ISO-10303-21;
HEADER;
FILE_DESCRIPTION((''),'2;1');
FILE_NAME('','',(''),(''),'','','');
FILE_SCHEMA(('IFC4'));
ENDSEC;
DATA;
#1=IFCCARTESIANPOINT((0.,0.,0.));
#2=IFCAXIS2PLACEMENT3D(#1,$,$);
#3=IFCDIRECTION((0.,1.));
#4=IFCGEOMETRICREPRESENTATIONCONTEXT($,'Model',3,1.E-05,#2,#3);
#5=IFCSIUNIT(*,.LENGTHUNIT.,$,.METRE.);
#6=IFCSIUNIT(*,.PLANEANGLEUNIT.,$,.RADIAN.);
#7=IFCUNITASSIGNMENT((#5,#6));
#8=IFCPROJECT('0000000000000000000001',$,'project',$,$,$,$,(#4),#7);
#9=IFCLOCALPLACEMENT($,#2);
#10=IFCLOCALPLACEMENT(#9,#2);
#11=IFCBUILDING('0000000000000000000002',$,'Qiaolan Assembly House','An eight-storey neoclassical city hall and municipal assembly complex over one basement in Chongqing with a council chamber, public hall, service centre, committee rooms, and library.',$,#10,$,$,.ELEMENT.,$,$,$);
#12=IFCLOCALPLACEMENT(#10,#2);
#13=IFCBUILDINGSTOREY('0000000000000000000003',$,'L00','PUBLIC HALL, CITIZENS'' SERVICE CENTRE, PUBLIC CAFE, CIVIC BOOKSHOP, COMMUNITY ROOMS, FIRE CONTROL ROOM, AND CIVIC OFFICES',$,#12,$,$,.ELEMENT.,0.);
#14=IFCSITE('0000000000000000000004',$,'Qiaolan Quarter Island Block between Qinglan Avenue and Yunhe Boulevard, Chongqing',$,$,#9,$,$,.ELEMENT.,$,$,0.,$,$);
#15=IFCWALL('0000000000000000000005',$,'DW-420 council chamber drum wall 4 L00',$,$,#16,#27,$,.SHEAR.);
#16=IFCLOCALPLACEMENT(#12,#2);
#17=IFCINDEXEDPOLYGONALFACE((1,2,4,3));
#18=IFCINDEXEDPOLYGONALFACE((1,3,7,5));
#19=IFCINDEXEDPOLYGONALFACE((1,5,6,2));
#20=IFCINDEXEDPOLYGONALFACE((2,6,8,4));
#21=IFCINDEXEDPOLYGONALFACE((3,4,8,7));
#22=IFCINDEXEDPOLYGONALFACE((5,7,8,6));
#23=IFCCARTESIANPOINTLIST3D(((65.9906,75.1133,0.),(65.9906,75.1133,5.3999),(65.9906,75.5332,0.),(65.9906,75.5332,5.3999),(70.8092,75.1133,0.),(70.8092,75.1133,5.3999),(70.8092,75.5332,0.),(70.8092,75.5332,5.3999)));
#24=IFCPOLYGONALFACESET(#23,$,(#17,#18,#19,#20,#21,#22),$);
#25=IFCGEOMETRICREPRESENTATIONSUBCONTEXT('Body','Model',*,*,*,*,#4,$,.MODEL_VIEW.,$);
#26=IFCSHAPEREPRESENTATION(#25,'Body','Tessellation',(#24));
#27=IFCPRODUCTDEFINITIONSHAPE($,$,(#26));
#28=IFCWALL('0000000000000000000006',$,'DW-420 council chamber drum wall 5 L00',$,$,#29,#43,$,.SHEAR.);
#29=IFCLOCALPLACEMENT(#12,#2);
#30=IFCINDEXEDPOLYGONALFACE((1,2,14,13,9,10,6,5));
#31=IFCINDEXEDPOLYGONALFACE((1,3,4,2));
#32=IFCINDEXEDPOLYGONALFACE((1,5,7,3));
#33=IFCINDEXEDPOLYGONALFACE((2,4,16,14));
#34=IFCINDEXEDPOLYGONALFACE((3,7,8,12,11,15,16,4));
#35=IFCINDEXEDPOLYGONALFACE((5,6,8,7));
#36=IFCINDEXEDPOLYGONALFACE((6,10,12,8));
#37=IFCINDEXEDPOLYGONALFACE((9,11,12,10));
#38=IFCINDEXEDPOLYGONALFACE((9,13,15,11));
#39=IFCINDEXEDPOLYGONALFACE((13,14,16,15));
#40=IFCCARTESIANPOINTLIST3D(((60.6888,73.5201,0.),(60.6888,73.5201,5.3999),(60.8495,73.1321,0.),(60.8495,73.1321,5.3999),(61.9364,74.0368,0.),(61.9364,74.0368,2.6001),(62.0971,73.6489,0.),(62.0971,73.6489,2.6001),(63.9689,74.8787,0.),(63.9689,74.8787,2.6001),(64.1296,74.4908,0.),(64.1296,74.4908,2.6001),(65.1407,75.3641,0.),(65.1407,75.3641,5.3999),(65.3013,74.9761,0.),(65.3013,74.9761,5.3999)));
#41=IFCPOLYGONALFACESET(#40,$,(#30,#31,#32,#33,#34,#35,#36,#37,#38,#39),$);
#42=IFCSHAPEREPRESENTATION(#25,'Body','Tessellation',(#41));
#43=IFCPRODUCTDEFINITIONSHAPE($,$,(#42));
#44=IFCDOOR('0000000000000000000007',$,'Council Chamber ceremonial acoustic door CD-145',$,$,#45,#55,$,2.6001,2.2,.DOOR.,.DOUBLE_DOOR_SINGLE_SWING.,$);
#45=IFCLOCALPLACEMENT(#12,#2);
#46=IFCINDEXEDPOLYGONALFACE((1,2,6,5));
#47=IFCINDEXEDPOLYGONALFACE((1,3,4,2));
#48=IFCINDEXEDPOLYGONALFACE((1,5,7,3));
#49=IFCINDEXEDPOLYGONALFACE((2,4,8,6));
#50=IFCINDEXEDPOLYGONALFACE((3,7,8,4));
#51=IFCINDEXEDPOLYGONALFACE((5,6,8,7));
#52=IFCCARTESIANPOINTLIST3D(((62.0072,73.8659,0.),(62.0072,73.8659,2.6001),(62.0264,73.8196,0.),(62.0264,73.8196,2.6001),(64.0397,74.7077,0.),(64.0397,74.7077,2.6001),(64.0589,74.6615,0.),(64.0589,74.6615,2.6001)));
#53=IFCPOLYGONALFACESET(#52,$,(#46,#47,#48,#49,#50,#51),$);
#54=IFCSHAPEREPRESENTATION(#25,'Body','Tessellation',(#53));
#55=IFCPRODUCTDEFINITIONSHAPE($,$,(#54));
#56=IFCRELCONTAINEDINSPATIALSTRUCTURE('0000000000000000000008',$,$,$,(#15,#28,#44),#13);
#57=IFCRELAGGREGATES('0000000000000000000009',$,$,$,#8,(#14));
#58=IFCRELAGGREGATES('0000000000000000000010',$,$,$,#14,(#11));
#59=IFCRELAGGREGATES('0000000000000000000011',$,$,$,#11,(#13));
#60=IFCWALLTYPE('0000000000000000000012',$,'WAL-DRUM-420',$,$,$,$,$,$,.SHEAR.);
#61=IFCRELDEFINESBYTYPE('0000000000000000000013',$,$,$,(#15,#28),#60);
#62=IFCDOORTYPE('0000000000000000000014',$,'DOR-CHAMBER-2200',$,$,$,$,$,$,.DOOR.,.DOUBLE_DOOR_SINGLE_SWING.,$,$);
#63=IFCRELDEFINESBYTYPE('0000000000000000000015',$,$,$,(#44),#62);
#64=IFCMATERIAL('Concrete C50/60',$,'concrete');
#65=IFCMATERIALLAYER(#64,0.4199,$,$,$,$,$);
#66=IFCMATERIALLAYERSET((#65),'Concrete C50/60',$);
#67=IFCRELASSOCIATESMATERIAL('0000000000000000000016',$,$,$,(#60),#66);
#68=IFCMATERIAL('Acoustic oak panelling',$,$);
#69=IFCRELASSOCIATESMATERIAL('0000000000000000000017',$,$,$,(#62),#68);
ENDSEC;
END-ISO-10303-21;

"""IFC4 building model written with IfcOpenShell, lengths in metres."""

from ifc_helpers import new_model, si_unit, direction, frame, frame_2d, origin, place, context, subcontext, project, spatial, rectangle, extrude, material, layer, layer_set, type_object, element, fill, save


model = new_model("IFC4")

# Units and contexts
model_context = context("Model", 3, precision=1e-05, world=origin(), true_north=direction((0.0, 1.0)))
body_context = subcontext(model_context, "Body", "Model", "MODEL_VIEW")
ifc_project = project(units=[si_unit("LENGTHUNIT", "METRE"), si_unit("PLANEANGLEUNIT", "RADIAN")], contexts=[model_context])

# Site, building, storey
site_placement = place(None, origin())
site = spatial("IfcSite", under=ifc_project, at=site_placement, Name="Qiaolan Quarter Island Block between Qinglan Avenue and Yunhe Boulevard, Chongqing", CompositionType="ELEMENT", RefElevation=0.0)
building_placement = place(site_placement, origin())
building = spatial("IfcBuilding", under=site, at=building_placement, Name="Qiaolan Assembly House", Description="An eight-storey neoclassical city hall and municipal assembly complex over one basement in Chongqing with a council chamber, public hall, service centre, committee rooms, and library.", CompositionType="ELEMENT")
storey_placement = place(building_placement, origin())
storey = spatial("IfcBuildingStorey", under=building, at=storey_placement, Name="L00", Description="PUBLIC HALL, CITIZENS' SERVICE CENTRE, PUBLIC CAFE, CIVIC BOOKSHOP, COMMUNITY ROOMS, FIRE CONTROL ROOM, AND CIVIC OFFICES", CompositionType="ELEMENT", Elevation=0.0)

# Shared definitions
ifc_material_1 = material(Name="Concrete C50/60", Category="concrete")

# Wall
ifc_layer_1 = layer(ifc_material_1, 0.4199)
ifc_layer_set_1 = layer_set([ifc_layer_1], Name="Concrete C50/60")
wall_type = type_object("IfcWallType", Name="WAL-DRUM-420", PredefinedType="SHEAR", material=ifc_layer_set_1)
for number, where, z_axis, x_axis, name in (
    (1, (65.9907, 75.3232, 0.0), (0.0, 0.0, 1.0), (1.0, 0.0, 0.0), "DW-420 council chamber drum wall 4 L00"),
):
    element("IfcWall", number, at=place(storey_placement, frame(where, z_axis=z_axis, x_axis=x_axis)), inside=storey, type_object=wall_type, Name=name, PredefinedType="SHEAR", context=body_context, shape_type="SweptSolid", body=[
        extrude(rectangle(XDim=4.8186, YDim=0.4199, at=frame_2d((2.4092, 0.0))), origin(), (0.0, 0.0, 1.0), 5.3999),
    ])

# Wall, opening, door
wall_placement = place(storey_placement, frame((60.7693, 73.3262, 0.0), z_axis=(0.0, 0.0, 1.0), x_axis=(0.923883, 0.382675, 0.0)))
wall = element("IfcWall", 2, at=wall_placement, inside=storey, type_object=wall_type, Name="DW-420 council chamber drum wall 5 L00", PredefinedType="SHEAR", context=body_context, shape_type="SweptSolid", body=[
    extrude(rectangle(XDim=4.8186, YDim=0.4199, at=frame_2d((2.4092, 0.0))), origin(), (0.0, 0.0, 1.0), 5.3999),
])
opening_placement = place(wall_placement, frame((1.3501, 0.0, 0.0)))
opening = element("IfcOpeningElement", 3, at=opening_placement, cuts=wall, PredefinedType="OPENING", context=body_context, shape_type="SweptSolid", body=[
    extrude(rectangle(XDim=2.2, YDim=2.6001, at=frame_2d((1.1001, 1.3))), frame((0.0, 0.22, 0.0), z_axis=(0.0, -1.0, 0.0), x_axis=(1.0, 0.0, 0.0)), (0.0, 0.0, 1.0), 0.4399),
])
ifc_material_2 = material(Name="Acoustic oak panelling")
door_type = type_object("IfcDoorType", Name="DOR-CHAMBER-2200", OperationType="DOUBLE_DOOR_SINGLE_SWING", PredefinedType="DOOR", material=ifc_material_2)
door_placement = place(opening_placement, origin())
door = element("IfcDoor", 4, at=door_placement, inside=storey, type_object=door_type, Name="Council Chamber ceremonial acoustic door CD-145", OperationType="DOUBLE_DOOR_SINGLE_SWING", OverallHeight=2.6001, OverallWidth=2.2, PredefinedType="DOOR", context=body_context, shape_type="SweptSolid", body=[
    extrude(rectangle(XDim=2.2, YDim=2.6001, at=frame_2d((1.1001, 1.3))), frame((0.0, 0.0249, 0.0), z_axis=(0.0, -1.0, 0.0), x_axis=(1.0, 0.0, 0.0)), (0.0, 0.0, 1.0), 0.05),
])
fill(opening, door)

save(model, "model.ifc")
